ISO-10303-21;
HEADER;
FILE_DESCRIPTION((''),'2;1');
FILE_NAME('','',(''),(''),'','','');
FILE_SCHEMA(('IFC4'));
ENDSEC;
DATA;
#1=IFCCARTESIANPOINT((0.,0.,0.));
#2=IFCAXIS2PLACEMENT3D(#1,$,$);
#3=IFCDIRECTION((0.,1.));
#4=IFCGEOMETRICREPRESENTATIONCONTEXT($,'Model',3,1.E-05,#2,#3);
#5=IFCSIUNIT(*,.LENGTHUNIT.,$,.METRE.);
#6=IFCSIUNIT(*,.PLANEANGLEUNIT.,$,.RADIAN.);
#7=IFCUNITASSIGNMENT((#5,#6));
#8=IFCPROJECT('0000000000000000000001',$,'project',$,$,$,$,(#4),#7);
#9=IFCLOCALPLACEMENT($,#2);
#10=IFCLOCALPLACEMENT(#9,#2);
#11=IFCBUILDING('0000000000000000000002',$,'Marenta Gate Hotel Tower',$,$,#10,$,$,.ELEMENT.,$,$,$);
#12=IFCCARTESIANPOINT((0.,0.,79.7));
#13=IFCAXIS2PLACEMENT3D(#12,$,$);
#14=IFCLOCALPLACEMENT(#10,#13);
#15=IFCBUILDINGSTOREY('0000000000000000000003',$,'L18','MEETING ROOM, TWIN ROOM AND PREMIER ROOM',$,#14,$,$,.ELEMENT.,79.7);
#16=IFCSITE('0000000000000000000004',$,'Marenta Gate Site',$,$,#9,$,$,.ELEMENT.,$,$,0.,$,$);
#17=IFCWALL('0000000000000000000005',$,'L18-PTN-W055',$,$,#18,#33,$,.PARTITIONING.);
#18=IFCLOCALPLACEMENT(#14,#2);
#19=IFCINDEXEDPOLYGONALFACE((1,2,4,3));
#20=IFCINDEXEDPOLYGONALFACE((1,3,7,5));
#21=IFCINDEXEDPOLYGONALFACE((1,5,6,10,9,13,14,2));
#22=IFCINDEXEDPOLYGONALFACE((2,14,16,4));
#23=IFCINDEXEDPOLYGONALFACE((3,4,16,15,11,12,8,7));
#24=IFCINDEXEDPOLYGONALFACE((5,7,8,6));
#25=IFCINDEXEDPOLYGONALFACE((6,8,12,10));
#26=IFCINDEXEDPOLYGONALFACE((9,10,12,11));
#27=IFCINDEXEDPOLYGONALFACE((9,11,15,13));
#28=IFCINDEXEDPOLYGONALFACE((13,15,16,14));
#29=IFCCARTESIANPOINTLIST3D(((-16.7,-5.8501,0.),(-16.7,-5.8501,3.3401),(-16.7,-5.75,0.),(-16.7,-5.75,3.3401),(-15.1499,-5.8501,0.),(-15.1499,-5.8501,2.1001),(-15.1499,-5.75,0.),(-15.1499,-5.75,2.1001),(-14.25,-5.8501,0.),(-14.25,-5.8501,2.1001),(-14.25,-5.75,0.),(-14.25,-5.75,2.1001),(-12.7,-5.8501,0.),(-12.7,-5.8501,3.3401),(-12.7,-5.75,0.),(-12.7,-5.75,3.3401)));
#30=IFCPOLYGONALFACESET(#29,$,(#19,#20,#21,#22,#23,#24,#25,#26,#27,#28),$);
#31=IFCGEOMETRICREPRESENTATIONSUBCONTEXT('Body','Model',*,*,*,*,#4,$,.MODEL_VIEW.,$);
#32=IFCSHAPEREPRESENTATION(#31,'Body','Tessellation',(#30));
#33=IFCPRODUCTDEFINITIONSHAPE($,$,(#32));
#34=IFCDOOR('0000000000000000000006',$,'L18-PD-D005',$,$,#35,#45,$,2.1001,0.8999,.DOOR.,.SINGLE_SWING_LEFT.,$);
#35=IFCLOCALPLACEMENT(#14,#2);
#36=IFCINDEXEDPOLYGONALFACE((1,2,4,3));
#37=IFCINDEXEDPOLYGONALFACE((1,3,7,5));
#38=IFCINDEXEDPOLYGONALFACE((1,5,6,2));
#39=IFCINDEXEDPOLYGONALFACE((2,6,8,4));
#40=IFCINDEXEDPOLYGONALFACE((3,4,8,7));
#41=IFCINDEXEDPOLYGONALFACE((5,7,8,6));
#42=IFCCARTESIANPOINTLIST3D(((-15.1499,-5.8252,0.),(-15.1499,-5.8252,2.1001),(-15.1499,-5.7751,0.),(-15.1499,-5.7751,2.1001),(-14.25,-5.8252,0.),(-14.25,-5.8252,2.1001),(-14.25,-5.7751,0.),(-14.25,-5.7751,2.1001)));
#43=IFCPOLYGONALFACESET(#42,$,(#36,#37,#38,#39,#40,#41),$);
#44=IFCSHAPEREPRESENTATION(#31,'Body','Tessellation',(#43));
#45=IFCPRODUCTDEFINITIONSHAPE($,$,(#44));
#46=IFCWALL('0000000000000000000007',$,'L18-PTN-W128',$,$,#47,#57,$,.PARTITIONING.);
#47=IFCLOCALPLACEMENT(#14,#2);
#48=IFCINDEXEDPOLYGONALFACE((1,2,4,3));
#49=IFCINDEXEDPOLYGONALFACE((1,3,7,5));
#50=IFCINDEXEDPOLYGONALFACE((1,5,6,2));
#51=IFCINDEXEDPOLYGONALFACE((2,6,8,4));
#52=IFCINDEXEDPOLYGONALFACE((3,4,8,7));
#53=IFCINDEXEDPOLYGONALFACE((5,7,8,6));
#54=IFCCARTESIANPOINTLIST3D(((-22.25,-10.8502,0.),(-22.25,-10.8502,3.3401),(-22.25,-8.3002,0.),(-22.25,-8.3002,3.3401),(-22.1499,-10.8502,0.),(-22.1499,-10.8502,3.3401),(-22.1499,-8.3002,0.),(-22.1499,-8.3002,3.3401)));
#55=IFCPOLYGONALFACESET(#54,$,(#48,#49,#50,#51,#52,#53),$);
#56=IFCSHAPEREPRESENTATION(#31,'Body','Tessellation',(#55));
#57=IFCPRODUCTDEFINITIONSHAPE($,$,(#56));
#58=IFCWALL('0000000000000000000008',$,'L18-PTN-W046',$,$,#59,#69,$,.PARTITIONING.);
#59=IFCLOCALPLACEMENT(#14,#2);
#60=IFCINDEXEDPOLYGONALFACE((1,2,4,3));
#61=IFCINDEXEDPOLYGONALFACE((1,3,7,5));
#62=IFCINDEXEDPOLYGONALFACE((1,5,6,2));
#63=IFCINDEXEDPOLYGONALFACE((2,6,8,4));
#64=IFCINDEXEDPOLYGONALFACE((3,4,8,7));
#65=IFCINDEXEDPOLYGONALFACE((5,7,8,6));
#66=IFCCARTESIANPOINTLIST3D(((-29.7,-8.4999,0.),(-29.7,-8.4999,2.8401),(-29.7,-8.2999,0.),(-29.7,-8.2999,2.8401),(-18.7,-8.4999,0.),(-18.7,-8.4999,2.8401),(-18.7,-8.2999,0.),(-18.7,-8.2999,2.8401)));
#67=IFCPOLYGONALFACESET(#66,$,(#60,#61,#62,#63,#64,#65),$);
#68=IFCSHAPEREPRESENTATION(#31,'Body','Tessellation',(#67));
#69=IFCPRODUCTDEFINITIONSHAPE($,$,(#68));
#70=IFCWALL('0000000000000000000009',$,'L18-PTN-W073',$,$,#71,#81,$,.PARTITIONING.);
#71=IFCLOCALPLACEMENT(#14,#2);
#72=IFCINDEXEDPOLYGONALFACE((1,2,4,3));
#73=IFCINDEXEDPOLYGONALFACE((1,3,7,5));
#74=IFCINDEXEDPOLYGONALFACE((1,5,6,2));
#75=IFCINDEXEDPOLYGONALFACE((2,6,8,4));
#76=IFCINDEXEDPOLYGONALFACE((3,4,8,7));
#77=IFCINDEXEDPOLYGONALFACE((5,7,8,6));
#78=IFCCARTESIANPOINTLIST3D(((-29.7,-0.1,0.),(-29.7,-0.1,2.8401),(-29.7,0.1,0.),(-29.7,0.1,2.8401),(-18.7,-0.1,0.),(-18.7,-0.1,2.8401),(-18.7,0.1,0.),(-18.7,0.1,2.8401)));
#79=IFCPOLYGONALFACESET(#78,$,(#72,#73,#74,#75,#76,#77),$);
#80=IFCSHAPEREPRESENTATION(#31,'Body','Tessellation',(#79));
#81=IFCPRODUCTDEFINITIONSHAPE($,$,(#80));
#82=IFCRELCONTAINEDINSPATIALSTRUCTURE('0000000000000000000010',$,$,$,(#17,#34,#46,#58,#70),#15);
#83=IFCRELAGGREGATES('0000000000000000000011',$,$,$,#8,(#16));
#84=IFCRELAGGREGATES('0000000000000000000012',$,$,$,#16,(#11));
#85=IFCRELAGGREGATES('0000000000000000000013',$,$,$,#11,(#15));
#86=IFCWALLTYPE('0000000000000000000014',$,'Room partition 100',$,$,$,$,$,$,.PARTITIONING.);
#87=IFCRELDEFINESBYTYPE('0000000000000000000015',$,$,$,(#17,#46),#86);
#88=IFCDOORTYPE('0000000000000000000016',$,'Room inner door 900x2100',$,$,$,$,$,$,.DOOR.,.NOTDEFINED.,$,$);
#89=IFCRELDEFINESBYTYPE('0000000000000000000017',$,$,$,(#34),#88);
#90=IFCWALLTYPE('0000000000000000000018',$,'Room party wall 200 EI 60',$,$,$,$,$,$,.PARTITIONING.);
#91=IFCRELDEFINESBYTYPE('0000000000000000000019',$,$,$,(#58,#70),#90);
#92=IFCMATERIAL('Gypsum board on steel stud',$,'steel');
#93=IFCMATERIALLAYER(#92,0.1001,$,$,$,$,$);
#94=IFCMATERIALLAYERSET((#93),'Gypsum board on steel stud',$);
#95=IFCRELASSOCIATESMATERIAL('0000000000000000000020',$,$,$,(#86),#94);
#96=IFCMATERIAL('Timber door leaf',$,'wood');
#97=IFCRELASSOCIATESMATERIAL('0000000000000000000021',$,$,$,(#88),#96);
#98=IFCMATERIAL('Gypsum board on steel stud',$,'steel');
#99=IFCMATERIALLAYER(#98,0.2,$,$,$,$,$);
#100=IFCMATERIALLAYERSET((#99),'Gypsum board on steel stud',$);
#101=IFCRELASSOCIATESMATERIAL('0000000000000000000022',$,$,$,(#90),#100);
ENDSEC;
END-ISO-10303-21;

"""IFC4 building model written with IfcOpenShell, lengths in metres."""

from ifc_helpers import new_model, si_unit, direction, frame, frame_2d, origin, place, context, subcontext, project, spatial, rectangle, extrude, material, layer, layer_set, type_object, element, fill, save


model = new_model("IFC4")

# Units and contexts
model_context = context("Model", 3, precision=1e-05, world=origin(), true_north=direction((0.0, 1.0)))
body_context = subcontext(model_context, "Body", "Model", "MODEL_VIEW")
ifc_project = project(units=[si_unit("LENGTHUNIT", "METRE"), si_unit("PLANEANGLEUNIT", "RADIAN")], contexts=[model_context])

# Site, building, storey
site_placement = place(None, origin())
site = spatial("IfcSite", under=ifc_project, at=site_placement, Name="Marenta Gate Site", CompositionType="ELEMENT", RefElevation=0.0)
building_placement = place(site_placement, origin())
building = spatial("IfcBuilding", under=site, at=building_placement, Name="Marenta Gate Hotel Tower", CompositionType="ELEMENT")
storey_placement = place(building_placement, frame((0.0, 0.0, 79.7)))
storey = spatial("IfcBuildingStorey", under=building, at=storey_placement, Name="L18", Description="MEETING ROOM, TWIN ROOM AND PREMIER ROOM", CompositionType="ELEMENT", Elevation=79.7)

# Wall, opening, door
ifc_material_1 = material(Name="Gypsum board on steel stud", Category="steel")
ifc_layer_1 = layer(ifc_material_1, 0.1001)
ifc_layer_set_1 = layer_set([ifc_layer_1], Name="Gypsum board on steel stud")
wall_type_1 = type_object("IfcWallType", Name="Room partition 100", PredefinedType="PARTITIONING", material=ifc_layer_set_1)
ifc_material_2 = material(Name="Timber door leaf", Category="wood")
door_type_1 = type_object("IfcDoorType", Name="Room inner door 900x2100", OperationType="NOTDEFINED", PredefinedType="DOOR", material=ifc_material_2)
wall_1_placement = place(storey_placement, frame((-16.7, -5.8, 0.0), z_axis=(0.0, 0.0, 1.0), x_axis=(1.0, 0.0, 0.0)))
wall_1 = element("IfcWall", 1, at=wall_1_placement, inside=storey, type_object=wall_type_1, Name="L18-PTN-W055", PredefinedType="PARTITIONING", context=body_context, shape_type="SweptSolid", body=[
    extrude(rectangle(XDim=4.0, YDim=0.1001, at=frame_2d((2.0, 0.0))), origin(), (0.0, 0.0, 1.0), 3.3401),
])
opening_1_placement = place(wall_1_placement, frame((1.55, 0.0, 0.0)))
opening_1 = element("IfcOpeningElement", 2, at=opening_1_placement, cuts=wall_1, PredefinedType="OPENING", context=body_context, shape_type="SweptSolid", body=[
    extrude(rectangle(XDim=0.8999, YDim=2.1001, at=frame_2d((0.45, 1.05))), frame((0.0, 0.05, 0.0), z_axis=(0.0, -1.0, 0.0), x_axis=(1.0, 0.0, 0.0)), (0.0, 0.0, 1.0), 0.1001),
])
door_1_placement = place(opening_1_placement, origin())
door_1 = element("IfcDoor", 3, at=door_1_placement, inside=storey, type_object=door_type_1, Name="L18-PD-D005", OperationType="SINGLE_SWING_LEFT", OverallHeight=2.1001, OverallWidth=0.8999, PredefinedType="DOOR", context=body_context, shape_type="SweptSolid", body=[
    extrude(rectangle(XDim=0.8999, YDim=2.1001, at=frame_2d((0.45, 1.05))), frame((0.0, 0.0249, 0.0), z_axis=(0.0, -1.0, 0.0), x_axis=(1.0, 0.0, 0.0)), (0.0, 0.0, 1.0), 0.05),
])
fill(opening_1, door_1)

# Walls
wall_2_placement = place(storey_placement, frame((-22.2, -10.8501, 0.0), z_axis=(0.0, 0.0, 1.0), x_axis=(0.0, 1.0, 0.0)))
element("IfcWall", 4, at=wall_2_placement, inside=storey, type_object=wall_type_1, Name="L18-PTN-W128", PredefinedType="PARTITIONING", context=body_context, shape_type="SweptSolid", body=[
    extrude(rectangle(XDim=2.55, YDim=0.1001, at=frame_2d((1.2749, 0.0))), origin(), (0.0, 0.0, 1.0), 3.3401),
])
ifc_material_3 = material(Name="Gypsum board on steel stud", Category="steel")
ifc_layer_2 = layer(ifc_material_3, 0.2)
ifc_layer_set_2 = layer_set([ifc_layer_2], Name="Gypsum board on steel stud")
wall_type_2 = type_object("IfcWallType", Name="Room party wall 200 EI 60", PredefinedType="PARTITIONING", material=ifc_layer_set_2)
for number, where, z_axis, x_axis, name in (
    (5, (-29.7, -8.3999, 0.0), (0.0, 0.0, 1.0), (1.0, 0.0, 0.0), "L18-PTN-W046"),
    (6, (-29.7, 0.0, 0.0), (0.0, 0.0, 1.0), (1.0, 0.0, 0.0), "L18-PTN-W073"),
):
    element("IfcWall", number, at=place(storey_placement, frame(where, z_axis=z_axis, x_axis=x_axis)), inside=storey, type_object=wall_type_2, Name=name, PredefinedType="PARTITIONING", context=body_context, shape_type="SweptSolid", body=[
        extrude(rectangle(XDim=11.0, YDim=0.2, at=frame_2d((5.5, 0.0))), origin(), (0.0, 0.0, 1.0), 2.8401),
    ])

save(model, "model.ifc")
